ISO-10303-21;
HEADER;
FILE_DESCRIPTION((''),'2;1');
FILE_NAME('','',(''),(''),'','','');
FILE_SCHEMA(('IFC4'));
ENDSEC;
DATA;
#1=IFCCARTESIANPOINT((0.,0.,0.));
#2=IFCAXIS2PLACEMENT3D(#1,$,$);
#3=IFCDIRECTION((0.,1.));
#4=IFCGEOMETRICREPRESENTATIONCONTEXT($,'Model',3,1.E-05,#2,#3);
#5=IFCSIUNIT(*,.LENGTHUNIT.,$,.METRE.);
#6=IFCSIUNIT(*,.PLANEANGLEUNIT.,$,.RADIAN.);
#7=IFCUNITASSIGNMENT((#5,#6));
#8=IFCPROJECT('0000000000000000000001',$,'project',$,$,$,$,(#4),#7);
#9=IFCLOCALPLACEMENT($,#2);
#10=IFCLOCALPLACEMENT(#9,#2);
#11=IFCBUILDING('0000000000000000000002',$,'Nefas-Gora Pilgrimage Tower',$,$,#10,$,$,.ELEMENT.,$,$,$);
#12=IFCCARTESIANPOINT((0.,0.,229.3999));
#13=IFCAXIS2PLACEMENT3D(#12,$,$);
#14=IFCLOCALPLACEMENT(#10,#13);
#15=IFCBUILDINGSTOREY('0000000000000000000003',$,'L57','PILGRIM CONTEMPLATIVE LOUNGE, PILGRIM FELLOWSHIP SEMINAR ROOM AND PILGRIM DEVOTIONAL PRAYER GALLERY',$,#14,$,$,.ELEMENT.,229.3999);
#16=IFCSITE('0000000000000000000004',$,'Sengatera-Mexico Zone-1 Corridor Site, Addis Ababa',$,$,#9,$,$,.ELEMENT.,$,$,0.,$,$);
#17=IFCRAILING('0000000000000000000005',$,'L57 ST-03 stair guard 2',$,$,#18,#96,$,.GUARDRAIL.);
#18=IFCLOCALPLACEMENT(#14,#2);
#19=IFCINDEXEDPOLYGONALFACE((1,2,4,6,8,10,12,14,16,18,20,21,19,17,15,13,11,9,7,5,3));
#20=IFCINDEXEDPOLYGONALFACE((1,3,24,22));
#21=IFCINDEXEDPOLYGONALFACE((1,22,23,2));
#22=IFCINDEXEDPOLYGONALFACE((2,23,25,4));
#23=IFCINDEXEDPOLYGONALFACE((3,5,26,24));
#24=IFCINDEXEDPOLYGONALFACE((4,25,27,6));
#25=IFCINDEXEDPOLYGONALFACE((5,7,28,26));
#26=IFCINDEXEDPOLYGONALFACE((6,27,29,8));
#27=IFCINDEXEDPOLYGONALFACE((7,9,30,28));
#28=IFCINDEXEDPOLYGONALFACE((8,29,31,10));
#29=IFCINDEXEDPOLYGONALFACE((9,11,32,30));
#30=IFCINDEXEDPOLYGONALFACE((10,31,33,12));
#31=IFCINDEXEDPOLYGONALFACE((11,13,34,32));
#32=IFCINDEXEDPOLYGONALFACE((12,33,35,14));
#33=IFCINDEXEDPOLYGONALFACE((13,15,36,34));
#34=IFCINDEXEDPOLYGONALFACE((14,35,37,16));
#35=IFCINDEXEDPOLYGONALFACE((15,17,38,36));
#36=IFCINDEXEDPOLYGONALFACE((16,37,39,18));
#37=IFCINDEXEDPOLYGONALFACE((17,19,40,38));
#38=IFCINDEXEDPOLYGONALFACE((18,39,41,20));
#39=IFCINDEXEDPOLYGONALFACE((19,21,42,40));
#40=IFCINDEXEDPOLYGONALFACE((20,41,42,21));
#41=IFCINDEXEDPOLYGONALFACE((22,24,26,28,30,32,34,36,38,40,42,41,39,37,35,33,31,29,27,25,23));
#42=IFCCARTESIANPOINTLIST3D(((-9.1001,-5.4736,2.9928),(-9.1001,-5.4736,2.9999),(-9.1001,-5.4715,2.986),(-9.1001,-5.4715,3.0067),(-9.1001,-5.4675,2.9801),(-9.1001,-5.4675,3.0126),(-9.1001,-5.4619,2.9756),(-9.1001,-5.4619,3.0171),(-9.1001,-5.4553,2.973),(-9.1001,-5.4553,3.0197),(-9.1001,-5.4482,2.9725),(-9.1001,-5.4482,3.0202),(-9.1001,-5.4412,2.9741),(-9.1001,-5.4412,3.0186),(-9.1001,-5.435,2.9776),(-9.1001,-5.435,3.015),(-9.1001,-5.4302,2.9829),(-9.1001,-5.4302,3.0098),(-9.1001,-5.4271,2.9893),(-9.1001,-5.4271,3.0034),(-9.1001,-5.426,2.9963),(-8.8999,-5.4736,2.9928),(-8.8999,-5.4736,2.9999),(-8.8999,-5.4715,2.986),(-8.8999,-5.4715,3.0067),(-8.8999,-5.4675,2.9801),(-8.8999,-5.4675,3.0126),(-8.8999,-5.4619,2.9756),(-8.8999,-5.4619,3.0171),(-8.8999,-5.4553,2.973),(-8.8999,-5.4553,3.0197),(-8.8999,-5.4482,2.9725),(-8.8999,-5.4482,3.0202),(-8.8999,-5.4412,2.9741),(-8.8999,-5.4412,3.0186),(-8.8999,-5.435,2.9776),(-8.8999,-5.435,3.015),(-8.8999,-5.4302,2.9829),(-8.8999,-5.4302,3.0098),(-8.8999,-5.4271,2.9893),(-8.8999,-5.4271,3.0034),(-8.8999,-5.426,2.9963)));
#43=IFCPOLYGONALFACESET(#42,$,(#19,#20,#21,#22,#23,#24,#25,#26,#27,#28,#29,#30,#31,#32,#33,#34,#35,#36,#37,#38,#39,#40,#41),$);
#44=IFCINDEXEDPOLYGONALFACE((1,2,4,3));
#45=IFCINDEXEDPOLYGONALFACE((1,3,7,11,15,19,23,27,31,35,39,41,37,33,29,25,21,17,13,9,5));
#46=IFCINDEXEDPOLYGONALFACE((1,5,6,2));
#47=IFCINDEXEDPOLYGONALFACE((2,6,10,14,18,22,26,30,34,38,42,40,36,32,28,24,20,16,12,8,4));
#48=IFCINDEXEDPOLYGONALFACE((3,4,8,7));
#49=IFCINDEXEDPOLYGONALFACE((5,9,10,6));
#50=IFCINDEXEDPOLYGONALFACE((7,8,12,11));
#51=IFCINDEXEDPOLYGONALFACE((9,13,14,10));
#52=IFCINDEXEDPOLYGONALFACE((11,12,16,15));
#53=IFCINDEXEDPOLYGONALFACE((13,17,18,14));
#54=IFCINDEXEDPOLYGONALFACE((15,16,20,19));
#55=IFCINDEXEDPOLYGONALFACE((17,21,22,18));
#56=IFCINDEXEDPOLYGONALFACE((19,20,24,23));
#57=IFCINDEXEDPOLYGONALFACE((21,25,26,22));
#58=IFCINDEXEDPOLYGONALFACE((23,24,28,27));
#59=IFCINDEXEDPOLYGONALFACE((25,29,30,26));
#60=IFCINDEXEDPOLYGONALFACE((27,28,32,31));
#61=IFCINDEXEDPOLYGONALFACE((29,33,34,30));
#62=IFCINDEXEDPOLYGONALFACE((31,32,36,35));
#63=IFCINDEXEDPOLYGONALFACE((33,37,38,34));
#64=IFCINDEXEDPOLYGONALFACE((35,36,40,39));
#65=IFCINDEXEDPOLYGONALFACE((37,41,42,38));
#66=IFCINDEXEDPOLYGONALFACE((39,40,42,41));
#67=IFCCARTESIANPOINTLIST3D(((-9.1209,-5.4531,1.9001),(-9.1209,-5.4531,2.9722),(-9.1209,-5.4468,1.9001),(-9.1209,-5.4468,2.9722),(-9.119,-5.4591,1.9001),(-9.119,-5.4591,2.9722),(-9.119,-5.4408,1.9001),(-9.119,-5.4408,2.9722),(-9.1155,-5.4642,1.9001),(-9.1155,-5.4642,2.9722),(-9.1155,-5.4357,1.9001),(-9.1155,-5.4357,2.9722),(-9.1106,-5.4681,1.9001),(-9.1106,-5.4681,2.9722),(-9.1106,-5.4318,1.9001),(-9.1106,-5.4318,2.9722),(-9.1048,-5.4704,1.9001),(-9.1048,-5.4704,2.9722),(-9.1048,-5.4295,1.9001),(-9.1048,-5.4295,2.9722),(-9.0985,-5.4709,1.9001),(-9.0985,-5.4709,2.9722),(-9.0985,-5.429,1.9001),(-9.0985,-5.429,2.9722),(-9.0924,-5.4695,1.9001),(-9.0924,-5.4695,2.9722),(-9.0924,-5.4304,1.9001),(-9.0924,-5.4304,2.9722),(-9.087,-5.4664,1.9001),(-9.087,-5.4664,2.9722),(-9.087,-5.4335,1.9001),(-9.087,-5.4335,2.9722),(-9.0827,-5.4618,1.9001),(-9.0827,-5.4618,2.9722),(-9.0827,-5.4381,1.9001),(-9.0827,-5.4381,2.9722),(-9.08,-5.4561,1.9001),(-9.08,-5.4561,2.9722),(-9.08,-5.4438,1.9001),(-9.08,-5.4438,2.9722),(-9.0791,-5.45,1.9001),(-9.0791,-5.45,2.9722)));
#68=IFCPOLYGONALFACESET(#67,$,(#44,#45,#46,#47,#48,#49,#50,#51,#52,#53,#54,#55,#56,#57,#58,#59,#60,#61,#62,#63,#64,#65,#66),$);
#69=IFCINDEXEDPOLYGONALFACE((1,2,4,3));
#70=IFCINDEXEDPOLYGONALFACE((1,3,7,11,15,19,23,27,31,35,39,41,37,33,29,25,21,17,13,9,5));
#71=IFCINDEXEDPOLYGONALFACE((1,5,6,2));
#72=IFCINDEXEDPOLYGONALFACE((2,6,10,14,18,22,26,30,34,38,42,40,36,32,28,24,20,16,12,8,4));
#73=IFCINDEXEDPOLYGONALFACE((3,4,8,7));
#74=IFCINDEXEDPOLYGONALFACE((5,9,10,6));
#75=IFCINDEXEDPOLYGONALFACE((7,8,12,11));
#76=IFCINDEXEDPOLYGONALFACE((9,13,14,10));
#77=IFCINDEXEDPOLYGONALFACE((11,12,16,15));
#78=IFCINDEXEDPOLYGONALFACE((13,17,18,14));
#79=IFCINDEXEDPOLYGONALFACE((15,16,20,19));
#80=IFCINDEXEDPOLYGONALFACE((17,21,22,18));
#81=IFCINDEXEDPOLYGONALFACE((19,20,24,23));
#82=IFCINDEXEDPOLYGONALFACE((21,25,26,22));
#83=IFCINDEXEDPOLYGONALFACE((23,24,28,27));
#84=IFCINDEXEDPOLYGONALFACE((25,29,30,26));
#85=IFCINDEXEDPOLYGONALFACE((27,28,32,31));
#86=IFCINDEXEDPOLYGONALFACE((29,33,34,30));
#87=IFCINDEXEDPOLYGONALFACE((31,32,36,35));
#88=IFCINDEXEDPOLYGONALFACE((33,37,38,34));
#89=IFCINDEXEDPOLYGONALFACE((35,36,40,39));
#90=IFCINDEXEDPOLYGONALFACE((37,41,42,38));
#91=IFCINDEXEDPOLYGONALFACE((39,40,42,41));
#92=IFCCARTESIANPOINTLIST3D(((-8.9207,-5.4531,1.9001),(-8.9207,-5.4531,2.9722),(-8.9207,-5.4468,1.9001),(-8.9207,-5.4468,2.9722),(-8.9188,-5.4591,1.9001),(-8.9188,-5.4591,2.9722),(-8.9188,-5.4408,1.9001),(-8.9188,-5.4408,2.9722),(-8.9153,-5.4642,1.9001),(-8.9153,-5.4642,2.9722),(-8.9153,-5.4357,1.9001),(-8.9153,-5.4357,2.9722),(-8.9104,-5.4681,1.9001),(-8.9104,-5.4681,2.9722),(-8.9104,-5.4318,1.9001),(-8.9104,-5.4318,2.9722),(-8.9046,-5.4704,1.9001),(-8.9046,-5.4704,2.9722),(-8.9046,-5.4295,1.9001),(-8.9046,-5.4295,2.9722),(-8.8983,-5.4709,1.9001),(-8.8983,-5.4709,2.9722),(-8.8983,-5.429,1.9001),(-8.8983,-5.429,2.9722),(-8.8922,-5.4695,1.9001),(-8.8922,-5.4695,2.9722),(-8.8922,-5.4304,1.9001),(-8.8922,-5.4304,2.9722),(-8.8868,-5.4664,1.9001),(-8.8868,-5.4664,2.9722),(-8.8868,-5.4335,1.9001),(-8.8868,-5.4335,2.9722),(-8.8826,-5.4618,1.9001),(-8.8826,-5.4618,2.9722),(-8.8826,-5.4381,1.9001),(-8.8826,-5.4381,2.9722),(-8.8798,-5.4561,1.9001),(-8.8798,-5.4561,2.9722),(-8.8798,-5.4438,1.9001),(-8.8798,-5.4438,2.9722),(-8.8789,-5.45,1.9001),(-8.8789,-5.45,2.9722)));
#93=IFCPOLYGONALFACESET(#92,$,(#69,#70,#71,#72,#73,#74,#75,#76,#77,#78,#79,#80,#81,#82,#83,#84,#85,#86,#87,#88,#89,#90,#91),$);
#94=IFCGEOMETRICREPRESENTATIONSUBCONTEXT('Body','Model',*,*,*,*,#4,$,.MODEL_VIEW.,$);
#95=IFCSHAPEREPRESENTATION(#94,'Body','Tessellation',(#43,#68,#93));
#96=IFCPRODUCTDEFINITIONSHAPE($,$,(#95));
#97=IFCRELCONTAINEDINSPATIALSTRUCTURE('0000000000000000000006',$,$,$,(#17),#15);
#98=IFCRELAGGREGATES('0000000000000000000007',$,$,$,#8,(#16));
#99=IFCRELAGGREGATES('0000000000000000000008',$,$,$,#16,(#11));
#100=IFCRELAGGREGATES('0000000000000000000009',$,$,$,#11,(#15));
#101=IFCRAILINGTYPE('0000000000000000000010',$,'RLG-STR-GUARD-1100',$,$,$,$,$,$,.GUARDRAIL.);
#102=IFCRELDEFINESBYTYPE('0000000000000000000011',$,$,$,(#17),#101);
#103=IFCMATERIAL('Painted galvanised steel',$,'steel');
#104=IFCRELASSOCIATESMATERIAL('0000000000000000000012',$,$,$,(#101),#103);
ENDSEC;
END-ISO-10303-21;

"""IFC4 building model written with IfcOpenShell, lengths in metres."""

from ifc_helpers import new_model, si_unit, direction, frame, origin, origin_2d, place, context, subcontext, project, spatial, circle, extrude, material, type_object, element, save


model = new_model("IFC4")

# Units and contexts
model_context = context("Model", 3, precision=1e-05, world=origin(), true_north=direction((0.0, 1.0)))
body_context = subcontext(model_context, "Body", "Model", "MODEL_VIEW")
ifc_project = project(units=[si_unit("LENGTHUNIT", "METRE"), si_unit("PLANEANGLEUNIT", "RADIAN")], contexts=[model_context])

# Site, building, storey
site_placement = place(None, origin())
site = spatial("IfcSite", under=ifc_project, at=site_placement, Name="Sengatera-Mexico Zone-1 Corridor Site, Addis Ababa", CompositionType="ELEMENT", RefElevation=0.0)
building_placement = place(site_placement, origin())
building = spatial("IfcBuilding", under=site, at=building_placement, Name="Nefas-Gora Pilgrimage Tower", CompositionType="ELEMENT")
storey_placement = place(building_placement, frame((0.0, 0.0, 229.3999)))
storey = spatial("IfcBuildingStorey", under=building, at=storey_placement, Name="L57", Description="PILGRIM CONTEMPLATIVE LOUNGE, PILGRIM FELLOWSHIP SEMINAR ROOM AND PILGRIM DEVOTIONAL PRAYER GALLERY", CompositionType="ELEMENT", Elevation=229.3999)

# Railing
ifc_material_1 = material(Name="Painted galvanised steel", Category="steel")
railing_type_1 = type_object("IfcRailingType", Name="RLG-STR-GUARD-1100", PredefinedType="GUARDRAIL", material=ifc_material_1)
railing_1_placement = place(storey_placement, frame((-9.1001, -5.45, 1.9001)))
element("IfcRailing", 1, at=railing_1_placement, inside=storey, type_object=railing_type_1, Name="L57 ST-03 stair guard 2", PredefinedType="GUARDRAIL", context=body_context, shape_type="SweptSolid", body=[
    extrude(circle(Radius=0.0239, at=origin_2d()), frame((0.0, 0.0, 1.0962), z_axis=(1.0, 0.0, 0.0), x_axis=(0.0, 1.0, 0.0)), (0.0, 0.0, 1.0), 0.2002),
    extrude(circle(Radius=0.021, at=origin_2d()), origin(), (0.0, 0.0, 1.0), 1.072),
    extrude(circle(Radius=0.021, at=origin_2d()), frame((0.2002, 0.0, 0.0)), (0.0, 0.0, 1.0), 1.072),
])

save(model, "model.ifc")
